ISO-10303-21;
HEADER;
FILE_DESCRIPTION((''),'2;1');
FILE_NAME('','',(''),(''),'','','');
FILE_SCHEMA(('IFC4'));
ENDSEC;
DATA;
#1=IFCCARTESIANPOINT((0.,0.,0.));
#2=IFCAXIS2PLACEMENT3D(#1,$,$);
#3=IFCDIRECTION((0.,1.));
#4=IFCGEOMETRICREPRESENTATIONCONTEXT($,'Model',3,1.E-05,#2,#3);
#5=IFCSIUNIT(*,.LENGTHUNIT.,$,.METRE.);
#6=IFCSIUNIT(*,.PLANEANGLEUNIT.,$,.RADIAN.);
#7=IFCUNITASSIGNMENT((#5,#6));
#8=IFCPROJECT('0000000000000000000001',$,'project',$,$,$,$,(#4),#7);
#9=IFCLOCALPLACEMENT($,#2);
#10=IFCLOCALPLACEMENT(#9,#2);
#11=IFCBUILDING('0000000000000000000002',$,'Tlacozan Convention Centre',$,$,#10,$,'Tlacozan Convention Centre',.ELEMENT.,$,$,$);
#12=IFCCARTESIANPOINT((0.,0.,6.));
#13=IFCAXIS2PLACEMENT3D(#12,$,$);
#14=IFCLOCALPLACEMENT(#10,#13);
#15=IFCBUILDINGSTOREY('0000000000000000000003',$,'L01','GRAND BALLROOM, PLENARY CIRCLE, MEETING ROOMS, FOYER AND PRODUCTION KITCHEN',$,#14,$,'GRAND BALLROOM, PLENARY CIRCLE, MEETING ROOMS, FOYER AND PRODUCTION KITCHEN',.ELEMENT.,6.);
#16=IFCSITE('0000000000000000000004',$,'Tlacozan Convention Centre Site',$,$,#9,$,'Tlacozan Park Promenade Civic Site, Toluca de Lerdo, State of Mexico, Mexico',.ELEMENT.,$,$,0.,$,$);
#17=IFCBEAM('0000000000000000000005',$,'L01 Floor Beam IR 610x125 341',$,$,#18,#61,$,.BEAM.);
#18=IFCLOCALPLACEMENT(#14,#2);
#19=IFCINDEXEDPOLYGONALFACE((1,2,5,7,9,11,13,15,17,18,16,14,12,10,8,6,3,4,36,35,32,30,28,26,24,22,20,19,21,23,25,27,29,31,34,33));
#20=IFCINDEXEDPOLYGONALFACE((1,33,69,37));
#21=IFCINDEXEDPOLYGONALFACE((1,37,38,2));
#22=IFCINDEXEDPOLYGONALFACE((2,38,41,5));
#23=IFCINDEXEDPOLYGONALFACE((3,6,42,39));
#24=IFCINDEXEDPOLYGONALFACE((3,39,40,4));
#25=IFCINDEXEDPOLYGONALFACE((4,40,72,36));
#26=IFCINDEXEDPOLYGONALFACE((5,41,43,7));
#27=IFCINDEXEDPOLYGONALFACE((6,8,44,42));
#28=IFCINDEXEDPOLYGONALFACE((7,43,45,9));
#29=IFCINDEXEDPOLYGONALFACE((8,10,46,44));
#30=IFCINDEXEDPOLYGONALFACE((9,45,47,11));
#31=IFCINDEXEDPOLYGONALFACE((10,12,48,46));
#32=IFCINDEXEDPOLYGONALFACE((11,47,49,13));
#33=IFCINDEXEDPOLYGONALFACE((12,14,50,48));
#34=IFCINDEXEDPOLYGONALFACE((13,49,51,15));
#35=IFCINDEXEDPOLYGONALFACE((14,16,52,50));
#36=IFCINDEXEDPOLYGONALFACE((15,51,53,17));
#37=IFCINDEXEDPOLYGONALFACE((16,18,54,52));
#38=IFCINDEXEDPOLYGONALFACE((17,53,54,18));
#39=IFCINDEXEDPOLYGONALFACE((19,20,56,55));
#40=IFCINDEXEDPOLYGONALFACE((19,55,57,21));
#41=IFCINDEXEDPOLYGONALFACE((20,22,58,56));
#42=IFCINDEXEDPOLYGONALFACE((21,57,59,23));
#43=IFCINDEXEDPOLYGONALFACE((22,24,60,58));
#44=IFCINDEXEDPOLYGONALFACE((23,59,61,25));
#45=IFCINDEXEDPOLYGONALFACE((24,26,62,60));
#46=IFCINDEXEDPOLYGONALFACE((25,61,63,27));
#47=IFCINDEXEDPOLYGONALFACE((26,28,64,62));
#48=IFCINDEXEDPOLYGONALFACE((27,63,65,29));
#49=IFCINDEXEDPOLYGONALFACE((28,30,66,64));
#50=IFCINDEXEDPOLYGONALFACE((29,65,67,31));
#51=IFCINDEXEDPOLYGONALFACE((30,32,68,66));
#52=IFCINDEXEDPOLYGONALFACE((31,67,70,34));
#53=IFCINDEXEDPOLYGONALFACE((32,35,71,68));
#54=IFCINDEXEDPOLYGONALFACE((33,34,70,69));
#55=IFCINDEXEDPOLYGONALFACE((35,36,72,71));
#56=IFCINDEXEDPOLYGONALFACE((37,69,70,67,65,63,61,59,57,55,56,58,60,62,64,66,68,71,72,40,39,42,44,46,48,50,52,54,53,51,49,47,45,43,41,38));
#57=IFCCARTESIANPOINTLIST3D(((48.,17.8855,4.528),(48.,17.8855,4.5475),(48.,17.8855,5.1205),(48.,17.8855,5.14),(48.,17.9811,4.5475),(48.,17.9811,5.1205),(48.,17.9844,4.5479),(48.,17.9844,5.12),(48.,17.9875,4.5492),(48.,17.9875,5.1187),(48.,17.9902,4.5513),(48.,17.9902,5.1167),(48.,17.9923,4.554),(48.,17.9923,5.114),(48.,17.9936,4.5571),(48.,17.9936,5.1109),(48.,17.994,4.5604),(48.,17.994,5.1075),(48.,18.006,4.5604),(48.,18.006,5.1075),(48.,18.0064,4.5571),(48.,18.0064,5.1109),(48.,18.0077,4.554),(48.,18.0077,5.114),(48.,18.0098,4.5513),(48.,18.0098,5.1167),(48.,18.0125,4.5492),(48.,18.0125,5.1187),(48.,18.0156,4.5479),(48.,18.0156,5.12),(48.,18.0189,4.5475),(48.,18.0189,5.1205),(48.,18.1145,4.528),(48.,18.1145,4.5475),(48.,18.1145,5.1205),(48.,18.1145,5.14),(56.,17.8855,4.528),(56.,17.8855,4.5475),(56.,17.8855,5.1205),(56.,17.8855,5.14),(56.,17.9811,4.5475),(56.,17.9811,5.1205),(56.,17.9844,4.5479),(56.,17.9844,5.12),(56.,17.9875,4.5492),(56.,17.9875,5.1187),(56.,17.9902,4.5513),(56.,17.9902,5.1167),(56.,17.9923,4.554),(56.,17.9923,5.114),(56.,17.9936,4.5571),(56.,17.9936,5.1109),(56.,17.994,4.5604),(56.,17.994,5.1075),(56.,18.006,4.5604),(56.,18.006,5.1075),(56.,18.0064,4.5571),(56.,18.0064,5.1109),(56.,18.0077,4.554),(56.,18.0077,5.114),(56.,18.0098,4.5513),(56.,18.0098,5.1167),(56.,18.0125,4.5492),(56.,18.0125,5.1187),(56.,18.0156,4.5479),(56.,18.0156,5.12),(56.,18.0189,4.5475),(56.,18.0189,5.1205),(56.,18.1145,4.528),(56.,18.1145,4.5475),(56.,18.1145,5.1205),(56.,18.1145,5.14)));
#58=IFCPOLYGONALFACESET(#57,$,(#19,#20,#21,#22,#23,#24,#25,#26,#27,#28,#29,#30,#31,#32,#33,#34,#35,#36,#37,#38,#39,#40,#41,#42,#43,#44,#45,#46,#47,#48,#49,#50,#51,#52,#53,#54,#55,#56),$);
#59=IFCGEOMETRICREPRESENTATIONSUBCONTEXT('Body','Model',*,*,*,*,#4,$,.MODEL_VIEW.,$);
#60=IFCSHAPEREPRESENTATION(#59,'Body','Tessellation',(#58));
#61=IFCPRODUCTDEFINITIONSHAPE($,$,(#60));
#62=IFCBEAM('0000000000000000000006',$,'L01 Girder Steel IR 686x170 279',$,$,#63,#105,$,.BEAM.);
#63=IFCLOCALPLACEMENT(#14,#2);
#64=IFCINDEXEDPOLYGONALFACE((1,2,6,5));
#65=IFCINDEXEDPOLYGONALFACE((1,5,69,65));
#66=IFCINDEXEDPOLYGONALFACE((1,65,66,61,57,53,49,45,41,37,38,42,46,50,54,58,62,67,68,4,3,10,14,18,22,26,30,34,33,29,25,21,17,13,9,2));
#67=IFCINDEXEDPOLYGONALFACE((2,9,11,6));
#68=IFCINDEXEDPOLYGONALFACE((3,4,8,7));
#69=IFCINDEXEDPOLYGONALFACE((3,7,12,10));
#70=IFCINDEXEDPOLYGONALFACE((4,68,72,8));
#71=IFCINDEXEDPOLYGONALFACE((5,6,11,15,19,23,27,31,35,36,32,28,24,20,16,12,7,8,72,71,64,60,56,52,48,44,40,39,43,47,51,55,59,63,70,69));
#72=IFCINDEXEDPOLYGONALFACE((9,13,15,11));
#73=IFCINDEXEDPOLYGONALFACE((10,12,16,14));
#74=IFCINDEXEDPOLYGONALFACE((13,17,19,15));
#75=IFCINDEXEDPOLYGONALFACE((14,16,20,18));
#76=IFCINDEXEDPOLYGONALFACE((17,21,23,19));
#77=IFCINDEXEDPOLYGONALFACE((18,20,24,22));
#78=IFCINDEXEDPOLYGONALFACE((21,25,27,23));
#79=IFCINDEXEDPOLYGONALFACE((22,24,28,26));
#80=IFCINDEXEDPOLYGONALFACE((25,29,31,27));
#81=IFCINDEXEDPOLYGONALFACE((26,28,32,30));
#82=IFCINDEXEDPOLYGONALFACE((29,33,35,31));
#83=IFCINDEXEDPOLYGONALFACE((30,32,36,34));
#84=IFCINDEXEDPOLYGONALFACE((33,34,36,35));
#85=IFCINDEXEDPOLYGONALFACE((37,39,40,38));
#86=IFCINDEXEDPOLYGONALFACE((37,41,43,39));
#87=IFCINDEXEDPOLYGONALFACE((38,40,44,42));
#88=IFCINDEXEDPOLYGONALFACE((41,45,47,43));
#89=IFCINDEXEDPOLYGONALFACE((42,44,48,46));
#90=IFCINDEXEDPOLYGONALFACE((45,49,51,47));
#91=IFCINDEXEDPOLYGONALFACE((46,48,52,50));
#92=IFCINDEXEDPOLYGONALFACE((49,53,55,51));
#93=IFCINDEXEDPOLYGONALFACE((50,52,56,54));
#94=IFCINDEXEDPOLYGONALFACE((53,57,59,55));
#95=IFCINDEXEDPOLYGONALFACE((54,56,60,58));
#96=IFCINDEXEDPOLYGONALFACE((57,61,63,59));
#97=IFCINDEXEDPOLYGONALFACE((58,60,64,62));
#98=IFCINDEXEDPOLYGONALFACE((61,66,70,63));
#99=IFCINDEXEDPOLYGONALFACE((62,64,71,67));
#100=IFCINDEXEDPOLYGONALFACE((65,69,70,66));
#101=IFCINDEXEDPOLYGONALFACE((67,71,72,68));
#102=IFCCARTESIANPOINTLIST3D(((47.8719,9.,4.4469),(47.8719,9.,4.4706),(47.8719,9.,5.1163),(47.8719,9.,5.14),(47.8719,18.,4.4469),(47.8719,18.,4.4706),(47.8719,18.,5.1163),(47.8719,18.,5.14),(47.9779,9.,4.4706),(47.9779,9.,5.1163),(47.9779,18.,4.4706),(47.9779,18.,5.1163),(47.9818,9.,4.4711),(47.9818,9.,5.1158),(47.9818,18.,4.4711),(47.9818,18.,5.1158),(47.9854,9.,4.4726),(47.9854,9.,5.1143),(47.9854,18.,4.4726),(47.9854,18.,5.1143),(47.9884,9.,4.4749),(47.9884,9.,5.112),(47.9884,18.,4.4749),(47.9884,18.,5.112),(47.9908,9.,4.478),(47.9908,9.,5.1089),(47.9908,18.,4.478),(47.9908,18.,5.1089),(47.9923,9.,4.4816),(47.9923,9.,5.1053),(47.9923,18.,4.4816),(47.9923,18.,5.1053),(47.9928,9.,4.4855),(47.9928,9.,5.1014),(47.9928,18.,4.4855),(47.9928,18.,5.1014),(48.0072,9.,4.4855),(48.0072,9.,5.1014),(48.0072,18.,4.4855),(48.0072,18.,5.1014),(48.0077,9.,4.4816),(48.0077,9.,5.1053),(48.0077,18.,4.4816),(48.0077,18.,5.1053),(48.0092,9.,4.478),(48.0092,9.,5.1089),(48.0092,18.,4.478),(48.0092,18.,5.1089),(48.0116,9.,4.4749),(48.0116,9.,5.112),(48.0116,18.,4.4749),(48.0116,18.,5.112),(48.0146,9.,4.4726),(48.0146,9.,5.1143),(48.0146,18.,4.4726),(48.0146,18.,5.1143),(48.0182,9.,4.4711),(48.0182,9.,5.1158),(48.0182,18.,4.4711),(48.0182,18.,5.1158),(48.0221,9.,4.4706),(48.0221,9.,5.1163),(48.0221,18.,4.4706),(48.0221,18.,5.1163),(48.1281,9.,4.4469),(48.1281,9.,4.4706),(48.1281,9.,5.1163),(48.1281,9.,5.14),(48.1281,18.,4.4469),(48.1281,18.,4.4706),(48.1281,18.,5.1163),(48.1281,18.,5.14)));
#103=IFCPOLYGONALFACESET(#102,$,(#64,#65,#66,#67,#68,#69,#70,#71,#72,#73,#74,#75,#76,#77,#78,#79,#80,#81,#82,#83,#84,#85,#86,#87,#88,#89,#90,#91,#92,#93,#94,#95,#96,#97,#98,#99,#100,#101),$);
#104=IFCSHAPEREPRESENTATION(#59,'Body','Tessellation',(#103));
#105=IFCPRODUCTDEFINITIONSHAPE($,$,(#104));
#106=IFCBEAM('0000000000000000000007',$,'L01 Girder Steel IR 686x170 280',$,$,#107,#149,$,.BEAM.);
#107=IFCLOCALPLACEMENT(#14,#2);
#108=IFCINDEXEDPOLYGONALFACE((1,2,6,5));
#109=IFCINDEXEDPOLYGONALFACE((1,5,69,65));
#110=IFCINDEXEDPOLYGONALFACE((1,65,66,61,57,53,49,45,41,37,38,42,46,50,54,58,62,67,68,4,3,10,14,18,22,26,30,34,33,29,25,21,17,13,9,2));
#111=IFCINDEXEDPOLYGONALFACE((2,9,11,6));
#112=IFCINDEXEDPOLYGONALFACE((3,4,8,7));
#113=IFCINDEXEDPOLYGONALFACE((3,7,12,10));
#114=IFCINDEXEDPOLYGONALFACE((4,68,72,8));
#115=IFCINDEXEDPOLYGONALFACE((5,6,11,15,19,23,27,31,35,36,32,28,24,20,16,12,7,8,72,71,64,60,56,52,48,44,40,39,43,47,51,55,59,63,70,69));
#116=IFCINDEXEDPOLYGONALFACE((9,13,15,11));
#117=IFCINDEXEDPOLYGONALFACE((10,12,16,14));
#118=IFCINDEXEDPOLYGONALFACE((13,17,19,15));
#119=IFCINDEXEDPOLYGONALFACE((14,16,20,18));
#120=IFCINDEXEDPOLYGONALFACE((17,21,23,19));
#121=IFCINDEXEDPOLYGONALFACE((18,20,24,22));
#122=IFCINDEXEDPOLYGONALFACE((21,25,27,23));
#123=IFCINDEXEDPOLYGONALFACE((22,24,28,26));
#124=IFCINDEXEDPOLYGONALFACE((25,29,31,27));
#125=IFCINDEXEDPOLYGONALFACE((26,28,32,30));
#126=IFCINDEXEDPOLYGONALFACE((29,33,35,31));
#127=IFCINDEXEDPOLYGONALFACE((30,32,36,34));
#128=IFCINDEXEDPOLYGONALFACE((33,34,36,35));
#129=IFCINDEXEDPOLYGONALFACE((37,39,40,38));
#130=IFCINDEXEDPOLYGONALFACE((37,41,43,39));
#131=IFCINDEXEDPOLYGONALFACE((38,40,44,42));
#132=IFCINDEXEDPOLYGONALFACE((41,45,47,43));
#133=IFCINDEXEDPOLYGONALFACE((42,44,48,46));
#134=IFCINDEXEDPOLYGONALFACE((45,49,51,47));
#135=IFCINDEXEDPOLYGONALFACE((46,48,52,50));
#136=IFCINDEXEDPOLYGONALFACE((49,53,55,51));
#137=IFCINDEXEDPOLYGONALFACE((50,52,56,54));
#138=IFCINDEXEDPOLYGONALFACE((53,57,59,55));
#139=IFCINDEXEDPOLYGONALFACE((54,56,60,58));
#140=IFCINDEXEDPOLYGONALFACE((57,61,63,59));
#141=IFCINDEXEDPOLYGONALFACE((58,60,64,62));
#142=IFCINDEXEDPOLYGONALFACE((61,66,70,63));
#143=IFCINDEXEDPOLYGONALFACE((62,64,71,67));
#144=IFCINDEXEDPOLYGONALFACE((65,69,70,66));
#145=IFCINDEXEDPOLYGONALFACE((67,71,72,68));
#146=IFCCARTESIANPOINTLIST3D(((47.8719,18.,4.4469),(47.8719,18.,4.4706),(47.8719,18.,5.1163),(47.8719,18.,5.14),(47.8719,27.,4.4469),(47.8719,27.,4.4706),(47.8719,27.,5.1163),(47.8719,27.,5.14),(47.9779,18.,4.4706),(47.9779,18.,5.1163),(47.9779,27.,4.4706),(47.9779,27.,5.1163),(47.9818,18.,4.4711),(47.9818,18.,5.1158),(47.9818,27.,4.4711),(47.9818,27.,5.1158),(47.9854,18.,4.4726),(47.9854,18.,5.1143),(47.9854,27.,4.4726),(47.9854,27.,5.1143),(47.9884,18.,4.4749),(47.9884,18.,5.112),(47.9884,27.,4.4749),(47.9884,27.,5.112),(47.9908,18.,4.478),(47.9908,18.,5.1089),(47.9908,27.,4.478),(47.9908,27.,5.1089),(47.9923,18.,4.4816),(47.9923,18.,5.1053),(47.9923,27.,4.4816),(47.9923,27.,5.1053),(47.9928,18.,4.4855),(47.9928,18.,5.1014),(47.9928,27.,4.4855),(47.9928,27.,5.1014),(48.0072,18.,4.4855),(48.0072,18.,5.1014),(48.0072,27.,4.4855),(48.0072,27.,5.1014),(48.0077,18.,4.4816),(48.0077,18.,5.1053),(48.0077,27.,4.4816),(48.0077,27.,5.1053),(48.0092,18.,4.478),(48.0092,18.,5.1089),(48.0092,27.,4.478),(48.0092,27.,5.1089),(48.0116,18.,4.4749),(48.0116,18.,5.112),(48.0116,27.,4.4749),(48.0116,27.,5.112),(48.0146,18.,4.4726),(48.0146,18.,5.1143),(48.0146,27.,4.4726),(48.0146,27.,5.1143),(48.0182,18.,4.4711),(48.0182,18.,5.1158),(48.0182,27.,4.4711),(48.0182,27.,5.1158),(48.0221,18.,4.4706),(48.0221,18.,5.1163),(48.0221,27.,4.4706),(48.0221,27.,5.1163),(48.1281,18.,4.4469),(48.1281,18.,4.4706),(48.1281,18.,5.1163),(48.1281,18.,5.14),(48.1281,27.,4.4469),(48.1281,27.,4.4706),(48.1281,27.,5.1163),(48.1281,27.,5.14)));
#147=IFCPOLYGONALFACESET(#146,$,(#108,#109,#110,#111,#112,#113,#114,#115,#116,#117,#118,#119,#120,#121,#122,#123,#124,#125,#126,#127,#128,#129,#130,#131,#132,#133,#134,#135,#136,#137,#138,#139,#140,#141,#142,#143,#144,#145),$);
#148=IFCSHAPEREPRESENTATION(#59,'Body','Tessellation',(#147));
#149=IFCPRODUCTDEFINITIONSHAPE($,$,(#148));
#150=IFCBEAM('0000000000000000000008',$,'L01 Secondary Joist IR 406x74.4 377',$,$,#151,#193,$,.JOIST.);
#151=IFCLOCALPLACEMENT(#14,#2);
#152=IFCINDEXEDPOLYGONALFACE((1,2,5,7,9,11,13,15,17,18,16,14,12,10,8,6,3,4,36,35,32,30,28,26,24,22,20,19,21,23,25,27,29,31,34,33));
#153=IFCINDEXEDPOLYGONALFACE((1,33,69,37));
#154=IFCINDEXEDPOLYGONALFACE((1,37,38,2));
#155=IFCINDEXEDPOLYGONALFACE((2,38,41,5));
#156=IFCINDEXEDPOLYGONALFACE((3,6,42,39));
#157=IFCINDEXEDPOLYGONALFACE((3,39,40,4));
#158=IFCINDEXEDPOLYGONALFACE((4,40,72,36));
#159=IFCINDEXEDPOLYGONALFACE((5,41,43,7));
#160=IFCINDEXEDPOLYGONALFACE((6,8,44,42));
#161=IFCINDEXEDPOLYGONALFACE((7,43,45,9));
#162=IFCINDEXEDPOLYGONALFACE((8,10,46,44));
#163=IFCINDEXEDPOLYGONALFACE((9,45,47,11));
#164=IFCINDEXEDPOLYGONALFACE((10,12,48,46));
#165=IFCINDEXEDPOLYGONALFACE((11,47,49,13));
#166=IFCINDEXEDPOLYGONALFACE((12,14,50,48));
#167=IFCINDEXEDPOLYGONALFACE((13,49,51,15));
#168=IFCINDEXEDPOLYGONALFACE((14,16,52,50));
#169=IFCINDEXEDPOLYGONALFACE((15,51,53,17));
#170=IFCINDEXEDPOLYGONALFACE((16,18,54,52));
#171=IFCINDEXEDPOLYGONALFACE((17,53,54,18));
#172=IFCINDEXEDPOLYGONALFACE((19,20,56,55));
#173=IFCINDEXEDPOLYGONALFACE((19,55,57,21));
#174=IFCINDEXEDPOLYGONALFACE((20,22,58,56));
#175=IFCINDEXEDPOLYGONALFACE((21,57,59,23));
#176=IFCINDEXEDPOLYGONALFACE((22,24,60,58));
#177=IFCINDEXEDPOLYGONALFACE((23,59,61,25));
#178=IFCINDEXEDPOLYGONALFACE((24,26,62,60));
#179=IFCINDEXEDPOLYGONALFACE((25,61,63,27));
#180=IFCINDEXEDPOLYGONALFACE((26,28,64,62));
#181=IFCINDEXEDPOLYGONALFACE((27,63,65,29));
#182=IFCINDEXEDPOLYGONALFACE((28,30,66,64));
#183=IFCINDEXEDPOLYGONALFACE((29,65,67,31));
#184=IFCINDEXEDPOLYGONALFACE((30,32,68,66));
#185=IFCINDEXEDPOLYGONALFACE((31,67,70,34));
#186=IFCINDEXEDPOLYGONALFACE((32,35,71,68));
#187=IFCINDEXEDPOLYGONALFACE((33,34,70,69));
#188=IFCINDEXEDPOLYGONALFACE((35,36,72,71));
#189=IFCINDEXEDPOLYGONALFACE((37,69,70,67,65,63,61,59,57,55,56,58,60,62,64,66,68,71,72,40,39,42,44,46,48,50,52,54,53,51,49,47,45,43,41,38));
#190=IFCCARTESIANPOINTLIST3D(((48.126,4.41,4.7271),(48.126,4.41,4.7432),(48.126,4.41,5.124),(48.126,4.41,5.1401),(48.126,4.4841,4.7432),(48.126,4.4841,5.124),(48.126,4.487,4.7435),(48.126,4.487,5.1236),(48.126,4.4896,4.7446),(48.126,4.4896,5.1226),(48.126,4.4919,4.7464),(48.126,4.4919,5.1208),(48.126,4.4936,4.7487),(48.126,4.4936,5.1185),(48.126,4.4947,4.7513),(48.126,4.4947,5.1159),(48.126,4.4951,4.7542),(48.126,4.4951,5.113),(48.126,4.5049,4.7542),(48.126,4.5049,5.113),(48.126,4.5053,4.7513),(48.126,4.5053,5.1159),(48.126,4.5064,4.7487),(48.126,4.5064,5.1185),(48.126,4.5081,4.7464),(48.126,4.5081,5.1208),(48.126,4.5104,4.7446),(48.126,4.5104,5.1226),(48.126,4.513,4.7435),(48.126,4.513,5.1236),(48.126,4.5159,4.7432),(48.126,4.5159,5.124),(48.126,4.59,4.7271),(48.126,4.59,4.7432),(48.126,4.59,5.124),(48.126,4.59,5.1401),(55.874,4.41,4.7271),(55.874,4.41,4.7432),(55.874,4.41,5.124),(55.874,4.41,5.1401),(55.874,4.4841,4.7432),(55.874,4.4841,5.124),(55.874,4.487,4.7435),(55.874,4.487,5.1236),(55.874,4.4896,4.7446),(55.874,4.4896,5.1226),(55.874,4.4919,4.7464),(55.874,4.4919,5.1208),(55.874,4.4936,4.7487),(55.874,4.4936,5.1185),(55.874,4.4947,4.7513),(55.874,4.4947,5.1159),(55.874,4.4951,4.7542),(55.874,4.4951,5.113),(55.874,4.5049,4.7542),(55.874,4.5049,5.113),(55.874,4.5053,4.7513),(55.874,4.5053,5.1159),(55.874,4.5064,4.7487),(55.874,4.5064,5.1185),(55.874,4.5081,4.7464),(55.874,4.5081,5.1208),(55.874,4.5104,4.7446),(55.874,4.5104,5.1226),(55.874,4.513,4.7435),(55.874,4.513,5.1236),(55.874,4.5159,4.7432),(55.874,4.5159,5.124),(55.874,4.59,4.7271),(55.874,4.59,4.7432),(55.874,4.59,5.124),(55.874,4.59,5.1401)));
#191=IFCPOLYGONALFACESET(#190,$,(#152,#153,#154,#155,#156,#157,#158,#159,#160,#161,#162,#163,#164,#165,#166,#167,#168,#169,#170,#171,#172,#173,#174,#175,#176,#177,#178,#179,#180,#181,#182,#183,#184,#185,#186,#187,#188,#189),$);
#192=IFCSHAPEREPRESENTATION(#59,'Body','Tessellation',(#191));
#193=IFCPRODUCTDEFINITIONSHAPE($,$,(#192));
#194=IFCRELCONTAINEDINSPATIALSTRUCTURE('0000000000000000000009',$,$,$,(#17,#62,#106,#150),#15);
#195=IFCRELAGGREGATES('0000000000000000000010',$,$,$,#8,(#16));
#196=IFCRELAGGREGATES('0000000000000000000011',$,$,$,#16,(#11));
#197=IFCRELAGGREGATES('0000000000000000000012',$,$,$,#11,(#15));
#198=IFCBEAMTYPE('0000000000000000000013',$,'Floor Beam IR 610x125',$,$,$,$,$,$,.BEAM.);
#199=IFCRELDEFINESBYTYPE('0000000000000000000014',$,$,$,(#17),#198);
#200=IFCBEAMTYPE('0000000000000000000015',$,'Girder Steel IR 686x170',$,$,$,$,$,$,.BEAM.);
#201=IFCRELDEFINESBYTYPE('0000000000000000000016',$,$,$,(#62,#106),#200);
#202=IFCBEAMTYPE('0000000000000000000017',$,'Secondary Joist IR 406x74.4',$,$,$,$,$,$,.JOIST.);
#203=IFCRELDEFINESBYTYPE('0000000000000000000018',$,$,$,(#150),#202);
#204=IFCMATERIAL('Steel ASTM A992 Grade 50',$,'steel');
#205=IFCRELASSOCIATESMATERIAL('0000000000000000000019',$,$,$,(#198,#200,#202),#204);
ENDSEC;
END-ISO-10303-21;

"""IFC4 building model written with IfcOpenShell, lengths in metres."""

from ifc_helpers import new_model, si_unit, direction, frame, origin, origin_2d, place, context, subcontext, project, spatial, i_section, extrude, material, material_profile, profile_set, type_object, element, save


model = new_model("IFC4")

# Units and contexts
model_context = context("Model", 3, precision=1e-05, world=origin(), true_north=direction((0.0, 1.0)))
body_context = subcontext(model_context, "Body", "Model", "MODEL_VIEW")
ifc_project = project(units=[si_unit("LENGTHUNIT", "METRE"), si_unit("PLANEANGLEUNIT", "RADIAN")], contexts=[model_context])

# Site, building, storey
site_placement = place(None, origin())
site = spatial("IfcSite", under=ifc_project, at=site_placement, Name="Tlacozan Convention Centre Site", LongName="Tlacozan Park Promenade Civic Site, Toluca de Lerdo, State of Mexico, Mexico", CompositionType="ELEMENT", RefElevation=0.0)
building_placement = place(site_placement, origin())
building = spatial("IfcBuilding", under=site, at=building_placement, Name="Tlacozan Convention Centre", LongName="Tlacozan Convention Centre", CompositionType="ELEMENT")
storey_placement = place(building_placement, frame((0.0, 0.0, 6.0)))
storey = spatial("IfcBuildingStorey", under=building, at=storey_placement, Name="L01", Description="GRAND BALLROOM, PLENARY CIRCLE, MEETING ROOMS, FOYER AND PRODUCTION KITCHEN", LongName="GRAND BALLROOM, PLENARY CIRCLE, MEETING ROOMS, FOYER AND PRODUCTION KITCHEN", CompositionType="ELEMENT", Elevation=6.0)

# Beams
ifc_material_1 = material(Name="Steel ASTM A992 Grade 50", Category="steel")
ifc_material_profile_1 = material_profile(ifc_material_1, i_section(OverallWidth=0.229, OverallDepth=0.6121, WebThickness=0.012, FlangeThickness=0.0195, FilletRadius=0.0129, at=origin_2d()), Name="IR 610x125.0")
ifc_profile_set_1 = profile_set([ifc_material_profile_1], Name="Steel ASTM A992 Grade 50")
beam_type_1 = type_object("IfcBeamType", Name="Floor Beam IR 610x125", PredefinedType="BEAM", material=ifc_profile_set_1)
for number, where, z_axis, x_axis, name in (
    (1, (48.0, 18.0, 4.834), (1.0, 0.0, 0.0), (0.0, 1.0, 0.0), "L01 Floor Beam IR 610x125 341"),
):
    element("IfcBeam", number, at=place(storey_placement, frame(where, z_axis=z_axis, x_axis=x_axis)), inside=storey, type_object=beam_type_1, Name=name, PredefinedType="BEAM", context=body_context, shape_type="SweptSolid", body=[
        extrude(i_section(OverallWidth=0.229, OverallDepth=0.6121, WebThickness=0.012, FlangeThickness=0.0195, FilletRadius=0.0129, at=origin_2d()), origin(), (0.0, 0.0, 1.0), 8.0),
    ])
ifc_material_profile_2 = material_profile(ifc_material_1, i_section(OverallWidth=0.2561, OverallDepth=0.6931, WebThickness=0.0144, FlangeThickness=0.0237, FilletRadius=0.0149, at=origin_2d()), Name="IR 686x170.0")
ifc_profile_set_2 = profile_set([ifc_material_profile_2], Name="Steel ASTM A992 Grade 50")
beam_type_2 = type_object("IfcBeamType", Name="Girder Steel IR 686x170", PredefinedType="BEAM", material=ifc_profile_set_2)
for number, where, z_axis, x_axis, name in (
    (2, (48.0, 9.0, 4.7935), (0.0, 1.0, 0.0), (-1.0, 0.0, 0.0), "L01 Girder Steel IR 686x170 279"),
    (3, (48.0, 18.0, 4.7935), (0.0, 1.0, 0.0), (-1.0, 0.0, 0.0), "L01 Girder Steel IR 686x170 280"),
):
    element("IfcBeam", number, at=place(storey_placement, frame(where, z_axis=z_axis, x_axis=x_axis)), inside=storey, type_object=beam_type_2, Name=name, PredefinedType="BEAM", context=body_context, shape_type="SweptSolid", body=[
        extrude(i_section(OverallWidth=0.2561, OverallDepth=0.6931, WebThickness=0.0144, FlangeThickness=0.0237, FilletRadius=0.0149, at=origin_2d()), origin(), (0.0, 0.0, 1.0), 9.0),
    ])
ifc_material_profile_3 = material_profile(ifc_material_1, i_section(OverallWidth=0.1799, OverallDepth=0.4131, WebThickness=0.0098, FlangeThickness=0.0161, FilletRadius=0.011, at=origin_2d()), Name="IR 406x74.4")
ifc_profile_set_3 = profile_set([ifc_material_profile_3], Name="Steel ASTM A992 Grade 50")
beam_type_3 = type_object("IfcBeamType", Name="Secondary Joist IR 406x74.4", PredefinedType="JOIST", material=ifc_profile_set_3)
for number, where, z_axis, x_axis, name in (
    (4, (48.126, 4.5, 4.9336), (1.0, 0.0, 0.0), (0.0, 1.0, 0.0), "L01 Secondary Joist IR 406x74.4 377"),
):
    element("IfcBeam", number, at=place(storey_placement, frame(where, z_axis=z_axis, x_axis=x_axis)), inside=storey, type_object=beam_type_3, Name=name, PredefinedType="JOIST", context=body_context, shape_type="SweptSolid", body=[
        extrude(i_section(OverallWidth=0.1799, OverallDepth=0.4131, WebThickness=0.0098, FlangeThickness=0.0161, FilletRadius=0.011, at=origin_2d()), origin(), (0.0, 0.0, 1.0), 7.748),
    ])

save(model, "model.ifc")
